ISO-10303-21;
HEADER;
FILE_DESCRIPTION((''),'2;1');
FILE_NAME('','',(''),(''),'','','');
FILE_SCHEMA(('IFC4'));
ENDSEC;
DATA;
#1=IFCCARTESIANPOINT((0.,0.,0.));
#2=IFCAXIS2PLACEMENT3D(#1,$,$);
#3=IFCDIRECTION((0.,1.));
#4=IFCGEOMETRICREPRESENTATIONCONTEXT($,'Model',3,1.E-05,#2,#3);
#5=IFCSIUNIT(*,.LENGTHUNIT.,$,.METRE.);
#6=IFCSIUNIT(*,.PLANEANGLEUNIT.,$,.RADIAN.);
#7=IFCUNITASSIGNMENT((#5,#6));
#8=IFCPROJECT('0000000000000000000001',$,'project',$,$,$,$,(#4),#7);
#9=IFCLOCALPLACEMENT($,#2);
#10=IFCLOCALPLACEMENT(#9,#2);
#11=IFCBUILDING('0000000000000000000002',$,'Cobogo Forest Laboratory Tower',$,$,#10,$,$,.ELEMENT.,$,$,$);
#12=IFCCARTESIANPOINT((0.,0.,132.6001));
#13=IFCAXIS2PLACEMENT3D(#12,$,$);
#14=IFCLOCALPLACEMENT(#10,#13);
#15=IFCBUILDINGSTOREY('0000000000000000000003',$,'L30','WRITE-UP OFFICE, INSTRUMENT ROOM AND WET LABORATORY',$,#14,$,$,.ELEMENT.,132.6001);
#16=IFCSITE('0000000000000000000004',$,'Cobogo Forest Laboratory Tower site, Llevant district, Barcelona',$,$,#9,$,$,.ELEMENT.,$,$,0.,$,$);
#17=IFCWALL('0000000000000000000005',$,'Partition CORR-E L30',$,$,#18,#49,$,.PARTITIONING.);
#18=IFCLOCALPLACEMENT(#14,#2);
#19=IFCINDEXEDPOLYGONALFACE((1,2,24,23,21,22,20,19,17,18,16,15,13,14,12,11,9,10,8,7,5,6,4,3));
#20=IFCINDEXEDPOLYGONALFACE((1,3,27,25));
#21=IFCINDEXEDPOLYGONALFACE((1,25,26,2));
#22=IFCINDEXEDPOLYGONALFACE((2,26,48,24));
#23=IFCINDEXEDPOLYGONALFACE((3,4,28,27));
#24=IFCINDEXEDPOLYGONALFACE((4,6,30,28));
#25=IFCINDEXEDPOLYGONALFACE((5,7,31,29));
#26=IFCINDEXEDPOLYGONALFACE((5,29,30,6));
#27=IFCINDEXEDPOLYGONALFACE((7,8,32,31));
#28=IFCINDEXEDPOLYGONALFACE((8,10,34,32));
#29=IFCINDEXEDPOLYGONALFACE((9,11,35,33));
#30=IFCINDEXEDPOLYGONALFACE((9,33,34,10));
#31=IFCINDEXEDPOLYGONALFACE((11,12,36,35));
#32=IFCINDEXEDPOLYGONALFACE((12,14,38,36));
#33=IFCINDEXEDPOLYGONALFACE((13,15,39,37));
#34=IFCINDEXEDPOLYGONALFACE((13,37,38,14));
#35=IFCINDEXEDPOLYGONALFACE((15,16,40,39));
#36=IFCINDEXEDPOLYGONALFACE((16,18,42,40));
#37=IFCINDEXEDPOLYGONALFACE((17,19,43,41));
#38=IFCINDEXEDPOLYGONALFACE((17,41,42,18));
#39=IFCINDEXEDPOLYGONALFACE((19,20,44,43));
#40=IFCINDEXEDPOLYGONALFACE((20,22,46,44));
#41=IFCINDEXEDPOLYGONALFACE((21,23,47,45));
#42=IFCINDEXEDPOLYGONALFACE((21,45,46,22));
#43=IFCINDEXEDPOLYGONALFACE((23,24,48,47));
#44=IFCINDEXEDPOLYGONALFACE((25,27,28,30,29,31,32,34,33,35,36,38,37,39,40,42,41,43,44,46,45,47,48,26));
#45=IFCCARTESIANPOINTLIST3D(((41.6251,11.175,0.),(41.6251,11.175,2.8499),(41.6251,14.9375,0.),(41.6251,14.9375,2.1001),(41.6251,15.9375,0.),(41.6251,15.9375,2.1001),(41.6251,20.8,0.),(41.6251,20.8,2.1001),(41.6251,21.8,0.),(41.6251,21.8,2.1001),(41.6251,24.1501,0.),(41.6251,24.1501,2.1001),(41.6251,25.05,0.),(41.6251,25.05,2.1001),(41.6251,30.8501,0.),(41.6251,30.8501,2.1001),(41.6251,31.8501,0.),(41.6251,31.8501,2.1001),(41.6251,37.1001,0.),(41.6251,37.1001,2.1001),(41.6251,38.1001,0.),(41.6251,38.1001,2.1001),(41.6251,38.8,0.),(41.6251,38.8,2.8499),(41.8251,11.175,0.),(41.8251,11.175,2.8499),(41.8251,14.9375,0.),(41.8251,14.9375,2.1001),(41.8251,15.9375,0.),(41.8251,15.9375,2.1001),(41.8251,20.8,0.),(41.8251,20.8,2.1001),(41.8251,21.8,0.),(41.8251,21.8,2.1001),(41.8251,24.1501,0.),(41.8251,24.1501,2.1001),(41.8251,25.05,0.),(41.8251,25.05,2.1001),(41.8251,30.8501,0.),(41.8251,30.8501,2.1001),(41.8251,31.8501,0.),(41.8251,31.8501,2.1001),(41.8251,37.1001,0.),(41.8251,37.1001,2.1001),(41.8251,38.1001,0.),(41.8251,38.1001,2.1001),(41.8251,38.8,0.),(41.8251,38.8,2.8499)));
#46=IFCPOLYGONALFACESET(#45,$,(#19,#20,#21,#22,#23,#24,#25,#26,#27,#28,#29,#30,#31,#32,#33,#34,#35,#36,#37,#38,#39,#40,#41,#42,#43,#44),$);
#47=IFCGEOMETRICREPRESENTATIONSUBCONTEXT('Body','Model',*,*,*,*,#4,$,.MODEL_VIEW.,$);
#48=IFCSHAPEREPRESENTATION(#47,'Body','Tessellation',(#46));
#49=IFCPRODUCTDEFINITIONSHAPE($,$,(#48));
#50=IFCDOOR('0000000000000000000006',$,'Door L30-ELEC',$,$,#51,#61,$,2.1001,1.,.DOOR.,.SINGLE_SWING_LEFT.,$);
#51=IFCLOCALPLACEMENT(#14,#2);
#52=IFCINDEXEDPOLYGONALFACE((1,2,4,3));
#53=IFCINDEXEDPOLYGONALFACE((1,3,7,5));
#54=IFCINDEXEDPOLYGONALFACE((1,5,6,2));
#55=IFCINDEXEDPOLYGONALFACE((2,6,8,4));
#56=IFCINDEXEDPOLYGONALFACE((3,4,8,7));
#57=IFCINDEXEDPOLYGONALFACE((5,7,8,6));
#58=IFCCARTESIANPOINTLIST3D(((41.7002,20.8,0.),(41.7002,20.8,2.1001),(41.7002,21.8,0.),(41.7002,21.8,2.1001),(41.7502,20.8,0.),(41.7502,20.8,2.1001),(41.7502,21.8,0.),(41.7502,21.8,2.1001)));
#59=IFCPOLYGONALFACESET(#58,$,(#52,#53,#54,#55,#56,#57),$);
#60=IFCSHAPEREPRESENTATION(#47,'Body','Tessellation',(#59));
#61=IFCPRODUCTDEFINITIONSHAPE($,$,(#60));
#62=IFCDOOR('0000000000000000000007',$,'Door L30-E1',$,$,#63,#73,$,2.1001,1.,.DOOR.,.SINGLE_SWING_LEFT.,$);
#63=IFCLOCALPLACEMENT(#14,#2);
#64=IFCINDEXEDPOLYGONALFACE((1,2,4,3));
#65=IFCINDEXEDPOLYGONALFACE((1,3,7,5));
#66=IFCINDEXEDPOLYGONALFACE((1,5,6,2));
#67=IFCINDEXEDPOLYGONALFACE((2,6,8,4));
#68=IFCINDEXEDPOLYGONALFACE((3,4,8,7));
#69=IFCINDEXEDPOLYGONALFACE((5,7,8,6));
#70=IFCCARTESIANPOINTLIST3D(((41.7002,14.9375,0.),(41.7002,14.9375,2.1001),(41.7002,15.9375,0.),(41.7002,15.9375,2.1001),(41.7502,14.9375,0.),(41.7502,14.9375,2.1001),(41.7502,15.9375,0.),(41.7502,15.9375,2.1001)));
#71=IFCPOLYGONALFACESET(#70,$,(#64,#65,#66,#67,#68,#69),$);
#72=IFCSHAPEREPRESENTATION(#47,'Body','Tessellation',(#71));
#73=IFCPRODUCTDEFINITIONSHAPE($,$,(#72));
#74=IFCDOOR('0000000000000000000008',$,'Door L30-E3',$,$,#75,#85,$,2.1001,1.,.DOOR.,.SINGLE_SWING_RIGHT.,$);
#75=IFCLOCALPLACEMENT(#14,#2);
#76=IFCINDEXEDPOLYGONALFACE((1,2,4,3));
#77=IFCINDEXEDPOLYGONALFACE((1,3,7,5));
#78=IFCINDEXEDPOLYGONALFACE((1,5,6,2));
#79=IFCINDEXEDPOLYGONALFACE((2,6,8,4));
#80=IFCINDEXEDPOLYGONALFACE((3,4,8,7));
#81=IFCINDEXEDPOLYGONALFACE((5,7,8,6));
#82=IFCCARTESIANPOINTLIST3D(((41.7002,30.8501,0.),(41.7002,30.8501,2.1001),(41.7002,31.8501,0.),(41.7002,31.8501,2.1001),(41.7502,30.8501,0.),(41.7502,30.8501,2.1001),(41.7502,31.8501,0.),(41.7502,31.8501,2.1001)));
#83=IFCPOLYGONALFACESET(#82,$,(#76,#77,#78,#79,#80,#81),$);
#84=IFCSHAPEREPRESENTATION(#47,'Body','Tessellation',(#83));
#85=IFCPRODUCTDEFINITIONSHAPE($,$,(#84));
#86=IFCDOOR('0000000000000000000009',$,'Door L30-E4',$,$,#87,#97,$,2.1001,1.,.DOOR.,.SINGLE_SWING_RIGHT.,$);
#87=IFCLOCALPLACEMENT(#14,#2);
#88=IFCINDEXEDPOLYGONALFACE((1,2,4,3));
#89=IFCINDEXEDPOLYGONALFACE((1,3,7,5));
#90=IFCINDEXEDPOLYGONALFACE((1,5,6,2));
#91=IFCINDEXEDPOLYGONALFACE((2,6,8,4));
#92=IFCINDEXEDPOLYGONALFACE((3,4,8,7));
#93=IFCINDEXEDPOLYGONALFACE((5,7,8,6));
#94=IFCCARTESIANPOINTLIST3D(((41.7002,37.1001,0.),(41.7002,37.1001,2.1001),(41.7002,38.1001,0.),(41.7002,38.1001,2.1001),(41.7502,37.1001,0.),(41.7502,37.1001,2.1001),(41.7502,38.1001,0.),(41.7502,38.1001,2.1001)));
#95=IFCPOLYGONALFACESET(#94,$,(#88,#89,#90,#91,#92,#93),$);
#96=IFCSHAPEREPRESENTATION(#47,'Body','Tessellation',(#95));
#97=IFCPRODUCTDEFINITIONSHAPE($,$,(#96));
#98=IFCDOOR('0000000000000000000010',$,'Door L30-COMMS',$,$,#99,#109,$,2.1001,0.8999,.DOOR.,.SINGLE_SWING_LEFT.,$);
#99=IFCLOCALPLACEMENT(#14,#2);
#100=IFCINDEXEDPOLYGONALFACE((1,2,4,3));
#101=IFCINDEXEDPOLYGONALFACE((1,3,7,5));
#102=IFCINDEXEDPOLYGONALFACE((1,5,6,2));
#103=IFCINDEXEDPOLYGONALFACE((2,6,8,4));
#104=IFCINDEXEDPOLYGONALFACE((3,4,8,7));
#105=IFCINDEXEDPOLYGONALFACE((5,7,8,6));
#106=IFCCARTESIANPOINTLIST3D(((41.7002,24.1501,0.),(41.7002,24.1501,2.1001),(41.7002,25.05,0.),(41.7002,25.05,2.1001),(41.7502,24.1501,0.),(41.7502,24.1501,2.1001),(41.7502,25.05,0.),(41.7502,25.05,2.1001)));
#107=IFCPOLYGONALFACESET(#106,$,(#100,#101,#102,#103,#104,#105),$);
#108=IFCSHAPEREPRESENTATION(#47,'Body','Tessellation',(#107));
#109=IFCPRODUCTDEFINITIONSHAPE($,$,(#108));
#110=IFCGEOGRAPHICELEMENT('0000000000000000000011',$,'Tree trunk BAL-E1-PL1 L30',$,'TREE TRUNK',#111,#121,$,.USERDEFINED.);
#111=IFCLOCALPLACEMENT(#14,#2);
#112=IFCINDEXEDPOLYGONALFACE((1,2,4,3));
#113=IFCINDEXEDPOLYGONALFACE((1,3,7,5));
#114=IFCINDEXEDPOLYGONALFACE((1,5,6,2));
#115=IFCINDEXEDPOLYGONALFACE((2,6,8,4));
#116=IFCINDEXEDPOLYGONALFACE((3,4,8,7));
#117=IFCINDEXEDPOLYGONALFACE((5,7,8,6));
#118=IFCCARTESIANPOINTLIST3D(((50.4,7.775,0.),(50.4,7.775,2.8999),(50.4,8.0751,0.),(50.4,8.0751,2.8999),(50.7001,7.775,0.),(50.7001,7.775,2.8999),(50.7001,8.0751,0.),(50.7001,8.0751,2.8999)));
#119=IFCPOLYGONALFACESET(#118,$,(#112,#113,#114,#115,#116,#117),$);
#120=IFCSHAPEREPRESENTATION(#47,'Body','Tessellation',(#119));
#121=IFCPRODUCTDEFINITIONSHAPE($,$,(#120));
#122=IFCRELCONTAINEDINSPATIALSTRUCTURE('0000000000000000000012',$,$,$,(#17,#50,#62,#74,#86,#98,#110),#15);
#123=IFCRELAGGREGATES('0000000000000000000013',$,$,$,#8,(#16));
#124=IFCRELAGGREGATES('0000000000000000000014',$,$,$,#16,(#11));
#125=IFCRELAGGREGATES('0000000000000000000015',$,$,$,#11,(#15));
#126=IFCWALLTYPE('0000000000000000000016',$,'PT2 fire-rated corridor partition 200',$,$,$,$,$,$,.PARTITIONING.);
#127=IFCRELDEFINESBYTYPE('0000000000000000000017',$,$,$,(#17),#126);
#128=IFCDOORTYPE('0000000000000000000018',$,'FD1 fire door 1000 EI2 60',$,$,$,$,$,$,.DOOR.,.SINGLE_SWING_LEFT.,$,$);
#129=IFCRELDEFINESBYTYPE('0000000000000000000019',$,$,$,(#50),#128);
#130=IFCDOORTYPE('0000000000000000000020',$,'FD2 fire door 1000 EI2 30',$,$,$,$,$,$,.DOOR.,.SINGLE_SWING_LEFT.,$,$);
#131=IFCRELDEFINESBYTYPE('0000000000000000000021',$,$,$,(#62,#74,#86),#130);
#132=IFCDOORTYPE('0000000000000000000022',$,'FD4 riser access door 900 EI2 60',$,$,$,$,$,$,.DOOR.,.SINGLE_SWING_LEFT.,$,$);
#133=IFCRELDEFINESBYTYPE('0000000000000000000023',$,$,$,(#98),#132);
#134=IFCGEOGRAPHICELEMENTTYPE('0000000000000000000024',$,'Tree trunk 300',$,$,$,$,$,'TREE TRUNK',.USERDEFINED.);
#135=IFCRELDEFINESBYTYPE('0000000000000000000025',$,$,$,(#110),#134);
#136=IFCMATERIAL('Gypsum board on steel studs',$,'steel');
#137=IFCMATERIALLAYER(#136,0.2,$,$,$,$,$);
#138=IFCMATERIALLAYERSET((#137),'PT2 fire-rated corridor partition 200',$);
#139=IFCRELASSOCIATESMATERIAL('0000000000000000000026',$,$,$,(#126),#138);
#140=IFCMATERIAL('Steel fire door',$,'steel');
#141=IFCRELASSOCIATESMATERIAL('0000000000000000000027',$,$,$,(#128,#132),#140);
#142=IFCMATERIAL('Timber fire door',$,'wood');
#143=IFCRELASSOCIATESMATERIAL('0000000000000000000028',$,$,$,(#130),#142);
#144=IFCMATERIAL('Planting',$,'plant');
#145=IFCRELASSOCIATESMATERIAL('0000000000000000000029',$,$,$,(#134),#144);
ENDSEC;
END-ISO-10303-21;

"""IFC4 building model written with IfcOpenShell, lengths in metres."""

from ifc_helpers import new_model, si_unit, direction, frame, frame_2d, origin, origin_2d, place, context, subcontext, project, spatial, rectangle, extrude, material, layer, layer_set, type_object, element, fill, save


model = new_model("IFC4")

# Units and contexts
model_context = context("Model", 3, precision=1e-05, world=origin(), true_north=direction((0.0, 1.0)))
body_context = subcontext(model_context, "Body", "Model", "MODEL_VIEW")
ifc_project = project(units=[si_unit("LENGTHUNIT", "METRE"), si_unit("PLANEANGLEUNIT", "RADIAN")], contexts=[model_context])

# Site, building, storey
site_placement = place(None, origin())
site = spatial("IfcSite", under=ifc_project, at=site_placement, Name="Cobogo Forest Laboratory Tower site, Llevant district, Barcelona", CompositionType="ELEMENT", RefElevation=0.0)
building_placement = place(site_placement, origin())
building = spatial("IfcBuilding", under=site, at=building_placement, Name="Cobogo Forest Laboratory Tower", CompositionType="ELEMENT")
storey_placement = place(building_placement, frame((0.0, 0.0, 132.6001)))
storey = spatial("IfcBuildingStorey", under=building, at=storey_placement, Name="L30", Description="WRITE-UP OFFICE, INSTRUMENT ROOM AND WET LABORATORY", CompositionType="ELEMENT", Elevation=132.6001)

# Shared definitions
ifc_material_1 = material(Name="Gypsum board on steel studs", Category="steel")

# Wall, openings, doors
ifc_layer_1 = layer(ifc_material_1, 0.2)
ifc_layer_set_1 = layer_set([ifc_layer_1], Name="PT2 fire-rated corridor partition 200")
wall_type_1 = type_object("IfcWallType", Name="PT2 fire-rated corridor partition 200", PredefinedType="PARTITIONING", material=ifc_layer_set_1)
wall_1_placement = place(storey_placement, frame((41.7251, 11.175, 0.0), z_axis=(0.0, 0.0, 1.0), x_axis=(0.0, 1.0, 0.0)))
wall_1 = element("IfcWall", 1, at=wall_1_placement, inside=storey, type_object=wall_type_1, Name="Partition CORR-E L30", PredefinedType="PARTITIONING", context=body_context, shape_type="SweptSolid", body=[
    extrude(rectangle(XDim=27.625, YDim=0.2, at=frame_2d((13.8125, 0.0))), origin(), (0.0, 0.0, 1.0), 2.8499),
])
opening_1_placement = place(wall_1_placement, frame((3.7625, 0.0, 0.0)))
opening_1 = element("IfcOpeningElement", 2, at=opening_1_placement, cuts=wall_1, PredefinedType="OPENING", context=body_context, shape_type="SweptSolid", body=[
    extrude(rectangle(XDim=1.0, YDim=2.1001, at=frame_2d((0.5, 1.05))), frame((0.0, 0.1099, 0.0), z_axis=(0.0, -1.0, 0.0), x_axis=(1.0, 0.0, 0.0)), (0.0, 0.0, 1.0), 0.22),
])
opening_2_placement = place(wall_1_placement, frame((9.625, 0.0, 0.0)))
opening_2 = element("IfcOpeningElement", 3, at=opening_2_placement, cuts=wall_1, PredefinedType="OPENING", context=body_context, shape_type="SweptSolid", body=[
    extrude(rectangle(XDim=1.0, YDim=2.1001, at=frame_2d((0.5, 1.05))), frame((0.0, 0.1099, 0.0), z_axis=(0.0, -1.0, 0.0), x_axis=(1.0, 0.0, 0.0)), (0.0, 0.0, 1.0), 0.22),
])
opening_3_placement = place(wall_1_placement, frame((12.9751, 0.0, 0.0)))
opening_3 = element("IfcOpeningElement", 4, at=opening_3_placement, cuts=wall_1, PredefinedType="OPENING", context=body_context, shape_type="SweptSolid", body=[
    extrude(rectangle(XDim=0.8999, YDim=2.1001, at=frame_2d((0.45, 1.05))), frame((0.0, 0.1099, 0.0), z_axis=(0.0, -1.0, 0.0), x_axis=(1.0, 0.0, 0.0)), (0.0, 0.0, 1.0), 0.22),
])
opening_4_placement = place(wall_1_placement, frame((19.675, 0.0, 0.0)))
opening_4 = element("IfcOpeningElement", 5, at=opening_4_placement, cuts=wall_1, PredefinedType="OPENING", context=body_context, shape_type="SweptSolid", body=[
    extrude(rectangle(XDim=1.0, YDim=2.1001, at=frame_2d((0.5, 1.05))), frame((0.0, 0.1099, 0.0), z_axis=(0.0, -1.0, 0.0), x_axis=(1.0, 0.0, 0.0)), (0.0, 0.0, 1.0), 0.22),
])
opening_5_placement = place(wall_1_placement, frame((25.925, 0.0, 0.0)))
opening_5 = element("IfcOpeningElement", 6, at=opening_5_placement, cuts=wall_1, PredefinedType="OPENING", context=body_context, shape_type="SweptSolid", body=[
    extrude(rectangle(XDim=1.0, YDim=2.1001, at=frame_2d((0.5, 1.05))), frame((0.0, 0.1099, 0.0), z_axis=(0.0, -1.0, 0.0), x_axis=(1.0, 0.0, 0.0)), (0.0, 0.0, 1.0), 0.22),
])
ifc_material_2 = material(Name="Steel fire door", Category="steel")
door_type_1 = type_object("IfcDoorType", Name="FD1 fire door 1000 EI2 60", OperationType="SINGLE_SWING_LEFT", PredefinedType="DOOR", material=ifc_material_2)
door_1_placement = place(opening_2_placement, origin())
door_1 = element("IfcDoor", 7, at=door_1_placement, inside=storey, type_object=door_type_1, Name="Door L30-ELEC", OperationType="SINGLE_SWING_LEFT", OverallHeight=2.1001, OverallWidth=1.0, PredefinedType="DOOR", context=body_context, shape_type="SweptSolid", body=[
    extrude(rectangle(XDim=1.0, YDim=2.1001, at=frame_2d((0.5, 1.05))), frame((0.0, 0.0249, 0.0), z_axis=(0.0, -1.0, 0.0), x_axis=(1.0, 0.0, 0.0)), (0.0, 0.0, 1.0), 0.05),
])
fill(opening_2, door_1)
ifc_material_3 = material(Name="Timber fire door", Category="wood")
door_type_2 = type_object("IfcDoorType", Name="FD2 fire door 1000 EI2 30", OperationType="SINGLE_SWING_LEFT", PredefinedType="DOOR", material=ifc_material_3)
door_2_placement = place(opening_1_placement, origin())
door_2 = element("IfcDoor", 8, at=door_2_placement, inside=storey, type_object=door_type_2, Name="Door L30-E1", OperationType="SINGLE_SWING_LEFT", OverallHeight=2.1001, OverallWidth=1.0, PredefinedType="DOOR", context=body_context, shape_type="SweptSolid", body=[
    extrude(rectangle(XDim=1.0, YDim=2.1001, at=frame_2d((0.5, 1.05))), frame((0.0, 0.0249, 0.0), z_axis=(0.0, -1.0, 0.0), x_axis=(1.0, 0.0, 0.0)), (0.0, 0.0, 1.0), 0.05),
])
fill(opening_1, door_2)
door_3_placement = place(opening_4_placement, origin())
door_3 = element("IfcDoor", 9, at=door_3_placement, inside=storey, type_object=door_type_2, Name="Door L30-E3", OperationType="SINGLE_SWING_RIGHT", OverallHeight=2.1001, OverallWidth=1.0, PredefinedType="DOOR", context=body_context, shape_type="SweptSolid", body=[
    extrude(rectangle(XDim=1.0, YDim=2.1001, at=frame_2d((0.5, 1.05))), frame((0.0, 0.0249, 0.0), z_axis=(0.0, -1.0, 0.0), x_axis=(1.0, 0.0, 0.0)), (0.0, 0.0, 1.0), 0.05),
])
fill(opening_4, door_3)
door_4_placement = place(opening_5_placement, origin())
door_4 = element("IfcDoor", 10, at=door_4_placement, inside=storey, type_object=door_type_2, Name="Door L30-E4", OperationType="SINGLE_SWING_RIGHT", OverallHeight=2.1001, OverallWidth=1.0, PredefinedType="DOOR", context=body_context, shape_type="SweptSolid", body=[
    extrude(rectangle(XDim=1.0, YDim=2.1001, at=frame_2d((0.5, 1.05))), frame((0.0, 0.0249, 0.0), z_axis=(0.0, -1.0, 0.0), x_axis=(1.0, 0.0, 0.0)), (0.0, 0.0, 1.0), 0.05),
])
fill(opening_5, door_4)
door_type_3 = type_object("IfcDoorType", Name="FD4 riser access door 900 EI2 60", OperationType="SINGLE_SWING_LEFT", PredefinedType="DOOR", material=ifc_material_2)
door_5_placement = place(opening_3_placement, origin())
door_5 = element("IfcDoor", 11, at=door_5_placement, inside=storey, type_object=door_type_3, Name="Door L30-COMMS", OperationType="SINGLE_SWING_LEFT", OverallHeight=2.1001, OverallWidth=0.8999, PredefinedType="DOOR", context=body_context, shape_type="SweptSolid", body=[
    extrude(rectangle(XDim=0.8999, YDim=2.1001, at=frame_2d((0.45, 1.05))), frame((0.0, 0.0249, 0.0), z_axis=(0.0, -1.0, 0.0), x_axis=(1.0, 0.0, 0.0)), (0.0, 0.0, 1.0), 0.05),
])
fill(opening_3, door_5)

# Geographic element
ifc_material_4 = material(Name="Planting", Category="plant")
geographic_element_type = type_object("IfcGeographicElementType", Name="Tree trunk 300", ElementType="TREE TRUNK", PredefinedType="USERDEFINED", material=ifc_material_4)
geographic_element_placement = place(storey_placement, frame((50.55, 7.925, 0.0), z_axis=(0.0, 0.0, 1.0), x_axis=(1.0, 0.0, 0.0)))
element("IfcGeographicElement", 12, at=geographic_element_placement, inside=storey, type_object=geographic_element_type, Name="Tree trunk BAL-E1-PL1 L30", ObjectType="TREE TRUNK", PredefinedType="USERDEFINED", context=body_context, shape_type="SweptSolid", body=[
    extrude(rectangle(XDim=0.3, YDim=0.3, at=origin_2d()), origin(), (0.0, 0.0, 1.0), 2.8999),
])

save(model, "model.ifc")
